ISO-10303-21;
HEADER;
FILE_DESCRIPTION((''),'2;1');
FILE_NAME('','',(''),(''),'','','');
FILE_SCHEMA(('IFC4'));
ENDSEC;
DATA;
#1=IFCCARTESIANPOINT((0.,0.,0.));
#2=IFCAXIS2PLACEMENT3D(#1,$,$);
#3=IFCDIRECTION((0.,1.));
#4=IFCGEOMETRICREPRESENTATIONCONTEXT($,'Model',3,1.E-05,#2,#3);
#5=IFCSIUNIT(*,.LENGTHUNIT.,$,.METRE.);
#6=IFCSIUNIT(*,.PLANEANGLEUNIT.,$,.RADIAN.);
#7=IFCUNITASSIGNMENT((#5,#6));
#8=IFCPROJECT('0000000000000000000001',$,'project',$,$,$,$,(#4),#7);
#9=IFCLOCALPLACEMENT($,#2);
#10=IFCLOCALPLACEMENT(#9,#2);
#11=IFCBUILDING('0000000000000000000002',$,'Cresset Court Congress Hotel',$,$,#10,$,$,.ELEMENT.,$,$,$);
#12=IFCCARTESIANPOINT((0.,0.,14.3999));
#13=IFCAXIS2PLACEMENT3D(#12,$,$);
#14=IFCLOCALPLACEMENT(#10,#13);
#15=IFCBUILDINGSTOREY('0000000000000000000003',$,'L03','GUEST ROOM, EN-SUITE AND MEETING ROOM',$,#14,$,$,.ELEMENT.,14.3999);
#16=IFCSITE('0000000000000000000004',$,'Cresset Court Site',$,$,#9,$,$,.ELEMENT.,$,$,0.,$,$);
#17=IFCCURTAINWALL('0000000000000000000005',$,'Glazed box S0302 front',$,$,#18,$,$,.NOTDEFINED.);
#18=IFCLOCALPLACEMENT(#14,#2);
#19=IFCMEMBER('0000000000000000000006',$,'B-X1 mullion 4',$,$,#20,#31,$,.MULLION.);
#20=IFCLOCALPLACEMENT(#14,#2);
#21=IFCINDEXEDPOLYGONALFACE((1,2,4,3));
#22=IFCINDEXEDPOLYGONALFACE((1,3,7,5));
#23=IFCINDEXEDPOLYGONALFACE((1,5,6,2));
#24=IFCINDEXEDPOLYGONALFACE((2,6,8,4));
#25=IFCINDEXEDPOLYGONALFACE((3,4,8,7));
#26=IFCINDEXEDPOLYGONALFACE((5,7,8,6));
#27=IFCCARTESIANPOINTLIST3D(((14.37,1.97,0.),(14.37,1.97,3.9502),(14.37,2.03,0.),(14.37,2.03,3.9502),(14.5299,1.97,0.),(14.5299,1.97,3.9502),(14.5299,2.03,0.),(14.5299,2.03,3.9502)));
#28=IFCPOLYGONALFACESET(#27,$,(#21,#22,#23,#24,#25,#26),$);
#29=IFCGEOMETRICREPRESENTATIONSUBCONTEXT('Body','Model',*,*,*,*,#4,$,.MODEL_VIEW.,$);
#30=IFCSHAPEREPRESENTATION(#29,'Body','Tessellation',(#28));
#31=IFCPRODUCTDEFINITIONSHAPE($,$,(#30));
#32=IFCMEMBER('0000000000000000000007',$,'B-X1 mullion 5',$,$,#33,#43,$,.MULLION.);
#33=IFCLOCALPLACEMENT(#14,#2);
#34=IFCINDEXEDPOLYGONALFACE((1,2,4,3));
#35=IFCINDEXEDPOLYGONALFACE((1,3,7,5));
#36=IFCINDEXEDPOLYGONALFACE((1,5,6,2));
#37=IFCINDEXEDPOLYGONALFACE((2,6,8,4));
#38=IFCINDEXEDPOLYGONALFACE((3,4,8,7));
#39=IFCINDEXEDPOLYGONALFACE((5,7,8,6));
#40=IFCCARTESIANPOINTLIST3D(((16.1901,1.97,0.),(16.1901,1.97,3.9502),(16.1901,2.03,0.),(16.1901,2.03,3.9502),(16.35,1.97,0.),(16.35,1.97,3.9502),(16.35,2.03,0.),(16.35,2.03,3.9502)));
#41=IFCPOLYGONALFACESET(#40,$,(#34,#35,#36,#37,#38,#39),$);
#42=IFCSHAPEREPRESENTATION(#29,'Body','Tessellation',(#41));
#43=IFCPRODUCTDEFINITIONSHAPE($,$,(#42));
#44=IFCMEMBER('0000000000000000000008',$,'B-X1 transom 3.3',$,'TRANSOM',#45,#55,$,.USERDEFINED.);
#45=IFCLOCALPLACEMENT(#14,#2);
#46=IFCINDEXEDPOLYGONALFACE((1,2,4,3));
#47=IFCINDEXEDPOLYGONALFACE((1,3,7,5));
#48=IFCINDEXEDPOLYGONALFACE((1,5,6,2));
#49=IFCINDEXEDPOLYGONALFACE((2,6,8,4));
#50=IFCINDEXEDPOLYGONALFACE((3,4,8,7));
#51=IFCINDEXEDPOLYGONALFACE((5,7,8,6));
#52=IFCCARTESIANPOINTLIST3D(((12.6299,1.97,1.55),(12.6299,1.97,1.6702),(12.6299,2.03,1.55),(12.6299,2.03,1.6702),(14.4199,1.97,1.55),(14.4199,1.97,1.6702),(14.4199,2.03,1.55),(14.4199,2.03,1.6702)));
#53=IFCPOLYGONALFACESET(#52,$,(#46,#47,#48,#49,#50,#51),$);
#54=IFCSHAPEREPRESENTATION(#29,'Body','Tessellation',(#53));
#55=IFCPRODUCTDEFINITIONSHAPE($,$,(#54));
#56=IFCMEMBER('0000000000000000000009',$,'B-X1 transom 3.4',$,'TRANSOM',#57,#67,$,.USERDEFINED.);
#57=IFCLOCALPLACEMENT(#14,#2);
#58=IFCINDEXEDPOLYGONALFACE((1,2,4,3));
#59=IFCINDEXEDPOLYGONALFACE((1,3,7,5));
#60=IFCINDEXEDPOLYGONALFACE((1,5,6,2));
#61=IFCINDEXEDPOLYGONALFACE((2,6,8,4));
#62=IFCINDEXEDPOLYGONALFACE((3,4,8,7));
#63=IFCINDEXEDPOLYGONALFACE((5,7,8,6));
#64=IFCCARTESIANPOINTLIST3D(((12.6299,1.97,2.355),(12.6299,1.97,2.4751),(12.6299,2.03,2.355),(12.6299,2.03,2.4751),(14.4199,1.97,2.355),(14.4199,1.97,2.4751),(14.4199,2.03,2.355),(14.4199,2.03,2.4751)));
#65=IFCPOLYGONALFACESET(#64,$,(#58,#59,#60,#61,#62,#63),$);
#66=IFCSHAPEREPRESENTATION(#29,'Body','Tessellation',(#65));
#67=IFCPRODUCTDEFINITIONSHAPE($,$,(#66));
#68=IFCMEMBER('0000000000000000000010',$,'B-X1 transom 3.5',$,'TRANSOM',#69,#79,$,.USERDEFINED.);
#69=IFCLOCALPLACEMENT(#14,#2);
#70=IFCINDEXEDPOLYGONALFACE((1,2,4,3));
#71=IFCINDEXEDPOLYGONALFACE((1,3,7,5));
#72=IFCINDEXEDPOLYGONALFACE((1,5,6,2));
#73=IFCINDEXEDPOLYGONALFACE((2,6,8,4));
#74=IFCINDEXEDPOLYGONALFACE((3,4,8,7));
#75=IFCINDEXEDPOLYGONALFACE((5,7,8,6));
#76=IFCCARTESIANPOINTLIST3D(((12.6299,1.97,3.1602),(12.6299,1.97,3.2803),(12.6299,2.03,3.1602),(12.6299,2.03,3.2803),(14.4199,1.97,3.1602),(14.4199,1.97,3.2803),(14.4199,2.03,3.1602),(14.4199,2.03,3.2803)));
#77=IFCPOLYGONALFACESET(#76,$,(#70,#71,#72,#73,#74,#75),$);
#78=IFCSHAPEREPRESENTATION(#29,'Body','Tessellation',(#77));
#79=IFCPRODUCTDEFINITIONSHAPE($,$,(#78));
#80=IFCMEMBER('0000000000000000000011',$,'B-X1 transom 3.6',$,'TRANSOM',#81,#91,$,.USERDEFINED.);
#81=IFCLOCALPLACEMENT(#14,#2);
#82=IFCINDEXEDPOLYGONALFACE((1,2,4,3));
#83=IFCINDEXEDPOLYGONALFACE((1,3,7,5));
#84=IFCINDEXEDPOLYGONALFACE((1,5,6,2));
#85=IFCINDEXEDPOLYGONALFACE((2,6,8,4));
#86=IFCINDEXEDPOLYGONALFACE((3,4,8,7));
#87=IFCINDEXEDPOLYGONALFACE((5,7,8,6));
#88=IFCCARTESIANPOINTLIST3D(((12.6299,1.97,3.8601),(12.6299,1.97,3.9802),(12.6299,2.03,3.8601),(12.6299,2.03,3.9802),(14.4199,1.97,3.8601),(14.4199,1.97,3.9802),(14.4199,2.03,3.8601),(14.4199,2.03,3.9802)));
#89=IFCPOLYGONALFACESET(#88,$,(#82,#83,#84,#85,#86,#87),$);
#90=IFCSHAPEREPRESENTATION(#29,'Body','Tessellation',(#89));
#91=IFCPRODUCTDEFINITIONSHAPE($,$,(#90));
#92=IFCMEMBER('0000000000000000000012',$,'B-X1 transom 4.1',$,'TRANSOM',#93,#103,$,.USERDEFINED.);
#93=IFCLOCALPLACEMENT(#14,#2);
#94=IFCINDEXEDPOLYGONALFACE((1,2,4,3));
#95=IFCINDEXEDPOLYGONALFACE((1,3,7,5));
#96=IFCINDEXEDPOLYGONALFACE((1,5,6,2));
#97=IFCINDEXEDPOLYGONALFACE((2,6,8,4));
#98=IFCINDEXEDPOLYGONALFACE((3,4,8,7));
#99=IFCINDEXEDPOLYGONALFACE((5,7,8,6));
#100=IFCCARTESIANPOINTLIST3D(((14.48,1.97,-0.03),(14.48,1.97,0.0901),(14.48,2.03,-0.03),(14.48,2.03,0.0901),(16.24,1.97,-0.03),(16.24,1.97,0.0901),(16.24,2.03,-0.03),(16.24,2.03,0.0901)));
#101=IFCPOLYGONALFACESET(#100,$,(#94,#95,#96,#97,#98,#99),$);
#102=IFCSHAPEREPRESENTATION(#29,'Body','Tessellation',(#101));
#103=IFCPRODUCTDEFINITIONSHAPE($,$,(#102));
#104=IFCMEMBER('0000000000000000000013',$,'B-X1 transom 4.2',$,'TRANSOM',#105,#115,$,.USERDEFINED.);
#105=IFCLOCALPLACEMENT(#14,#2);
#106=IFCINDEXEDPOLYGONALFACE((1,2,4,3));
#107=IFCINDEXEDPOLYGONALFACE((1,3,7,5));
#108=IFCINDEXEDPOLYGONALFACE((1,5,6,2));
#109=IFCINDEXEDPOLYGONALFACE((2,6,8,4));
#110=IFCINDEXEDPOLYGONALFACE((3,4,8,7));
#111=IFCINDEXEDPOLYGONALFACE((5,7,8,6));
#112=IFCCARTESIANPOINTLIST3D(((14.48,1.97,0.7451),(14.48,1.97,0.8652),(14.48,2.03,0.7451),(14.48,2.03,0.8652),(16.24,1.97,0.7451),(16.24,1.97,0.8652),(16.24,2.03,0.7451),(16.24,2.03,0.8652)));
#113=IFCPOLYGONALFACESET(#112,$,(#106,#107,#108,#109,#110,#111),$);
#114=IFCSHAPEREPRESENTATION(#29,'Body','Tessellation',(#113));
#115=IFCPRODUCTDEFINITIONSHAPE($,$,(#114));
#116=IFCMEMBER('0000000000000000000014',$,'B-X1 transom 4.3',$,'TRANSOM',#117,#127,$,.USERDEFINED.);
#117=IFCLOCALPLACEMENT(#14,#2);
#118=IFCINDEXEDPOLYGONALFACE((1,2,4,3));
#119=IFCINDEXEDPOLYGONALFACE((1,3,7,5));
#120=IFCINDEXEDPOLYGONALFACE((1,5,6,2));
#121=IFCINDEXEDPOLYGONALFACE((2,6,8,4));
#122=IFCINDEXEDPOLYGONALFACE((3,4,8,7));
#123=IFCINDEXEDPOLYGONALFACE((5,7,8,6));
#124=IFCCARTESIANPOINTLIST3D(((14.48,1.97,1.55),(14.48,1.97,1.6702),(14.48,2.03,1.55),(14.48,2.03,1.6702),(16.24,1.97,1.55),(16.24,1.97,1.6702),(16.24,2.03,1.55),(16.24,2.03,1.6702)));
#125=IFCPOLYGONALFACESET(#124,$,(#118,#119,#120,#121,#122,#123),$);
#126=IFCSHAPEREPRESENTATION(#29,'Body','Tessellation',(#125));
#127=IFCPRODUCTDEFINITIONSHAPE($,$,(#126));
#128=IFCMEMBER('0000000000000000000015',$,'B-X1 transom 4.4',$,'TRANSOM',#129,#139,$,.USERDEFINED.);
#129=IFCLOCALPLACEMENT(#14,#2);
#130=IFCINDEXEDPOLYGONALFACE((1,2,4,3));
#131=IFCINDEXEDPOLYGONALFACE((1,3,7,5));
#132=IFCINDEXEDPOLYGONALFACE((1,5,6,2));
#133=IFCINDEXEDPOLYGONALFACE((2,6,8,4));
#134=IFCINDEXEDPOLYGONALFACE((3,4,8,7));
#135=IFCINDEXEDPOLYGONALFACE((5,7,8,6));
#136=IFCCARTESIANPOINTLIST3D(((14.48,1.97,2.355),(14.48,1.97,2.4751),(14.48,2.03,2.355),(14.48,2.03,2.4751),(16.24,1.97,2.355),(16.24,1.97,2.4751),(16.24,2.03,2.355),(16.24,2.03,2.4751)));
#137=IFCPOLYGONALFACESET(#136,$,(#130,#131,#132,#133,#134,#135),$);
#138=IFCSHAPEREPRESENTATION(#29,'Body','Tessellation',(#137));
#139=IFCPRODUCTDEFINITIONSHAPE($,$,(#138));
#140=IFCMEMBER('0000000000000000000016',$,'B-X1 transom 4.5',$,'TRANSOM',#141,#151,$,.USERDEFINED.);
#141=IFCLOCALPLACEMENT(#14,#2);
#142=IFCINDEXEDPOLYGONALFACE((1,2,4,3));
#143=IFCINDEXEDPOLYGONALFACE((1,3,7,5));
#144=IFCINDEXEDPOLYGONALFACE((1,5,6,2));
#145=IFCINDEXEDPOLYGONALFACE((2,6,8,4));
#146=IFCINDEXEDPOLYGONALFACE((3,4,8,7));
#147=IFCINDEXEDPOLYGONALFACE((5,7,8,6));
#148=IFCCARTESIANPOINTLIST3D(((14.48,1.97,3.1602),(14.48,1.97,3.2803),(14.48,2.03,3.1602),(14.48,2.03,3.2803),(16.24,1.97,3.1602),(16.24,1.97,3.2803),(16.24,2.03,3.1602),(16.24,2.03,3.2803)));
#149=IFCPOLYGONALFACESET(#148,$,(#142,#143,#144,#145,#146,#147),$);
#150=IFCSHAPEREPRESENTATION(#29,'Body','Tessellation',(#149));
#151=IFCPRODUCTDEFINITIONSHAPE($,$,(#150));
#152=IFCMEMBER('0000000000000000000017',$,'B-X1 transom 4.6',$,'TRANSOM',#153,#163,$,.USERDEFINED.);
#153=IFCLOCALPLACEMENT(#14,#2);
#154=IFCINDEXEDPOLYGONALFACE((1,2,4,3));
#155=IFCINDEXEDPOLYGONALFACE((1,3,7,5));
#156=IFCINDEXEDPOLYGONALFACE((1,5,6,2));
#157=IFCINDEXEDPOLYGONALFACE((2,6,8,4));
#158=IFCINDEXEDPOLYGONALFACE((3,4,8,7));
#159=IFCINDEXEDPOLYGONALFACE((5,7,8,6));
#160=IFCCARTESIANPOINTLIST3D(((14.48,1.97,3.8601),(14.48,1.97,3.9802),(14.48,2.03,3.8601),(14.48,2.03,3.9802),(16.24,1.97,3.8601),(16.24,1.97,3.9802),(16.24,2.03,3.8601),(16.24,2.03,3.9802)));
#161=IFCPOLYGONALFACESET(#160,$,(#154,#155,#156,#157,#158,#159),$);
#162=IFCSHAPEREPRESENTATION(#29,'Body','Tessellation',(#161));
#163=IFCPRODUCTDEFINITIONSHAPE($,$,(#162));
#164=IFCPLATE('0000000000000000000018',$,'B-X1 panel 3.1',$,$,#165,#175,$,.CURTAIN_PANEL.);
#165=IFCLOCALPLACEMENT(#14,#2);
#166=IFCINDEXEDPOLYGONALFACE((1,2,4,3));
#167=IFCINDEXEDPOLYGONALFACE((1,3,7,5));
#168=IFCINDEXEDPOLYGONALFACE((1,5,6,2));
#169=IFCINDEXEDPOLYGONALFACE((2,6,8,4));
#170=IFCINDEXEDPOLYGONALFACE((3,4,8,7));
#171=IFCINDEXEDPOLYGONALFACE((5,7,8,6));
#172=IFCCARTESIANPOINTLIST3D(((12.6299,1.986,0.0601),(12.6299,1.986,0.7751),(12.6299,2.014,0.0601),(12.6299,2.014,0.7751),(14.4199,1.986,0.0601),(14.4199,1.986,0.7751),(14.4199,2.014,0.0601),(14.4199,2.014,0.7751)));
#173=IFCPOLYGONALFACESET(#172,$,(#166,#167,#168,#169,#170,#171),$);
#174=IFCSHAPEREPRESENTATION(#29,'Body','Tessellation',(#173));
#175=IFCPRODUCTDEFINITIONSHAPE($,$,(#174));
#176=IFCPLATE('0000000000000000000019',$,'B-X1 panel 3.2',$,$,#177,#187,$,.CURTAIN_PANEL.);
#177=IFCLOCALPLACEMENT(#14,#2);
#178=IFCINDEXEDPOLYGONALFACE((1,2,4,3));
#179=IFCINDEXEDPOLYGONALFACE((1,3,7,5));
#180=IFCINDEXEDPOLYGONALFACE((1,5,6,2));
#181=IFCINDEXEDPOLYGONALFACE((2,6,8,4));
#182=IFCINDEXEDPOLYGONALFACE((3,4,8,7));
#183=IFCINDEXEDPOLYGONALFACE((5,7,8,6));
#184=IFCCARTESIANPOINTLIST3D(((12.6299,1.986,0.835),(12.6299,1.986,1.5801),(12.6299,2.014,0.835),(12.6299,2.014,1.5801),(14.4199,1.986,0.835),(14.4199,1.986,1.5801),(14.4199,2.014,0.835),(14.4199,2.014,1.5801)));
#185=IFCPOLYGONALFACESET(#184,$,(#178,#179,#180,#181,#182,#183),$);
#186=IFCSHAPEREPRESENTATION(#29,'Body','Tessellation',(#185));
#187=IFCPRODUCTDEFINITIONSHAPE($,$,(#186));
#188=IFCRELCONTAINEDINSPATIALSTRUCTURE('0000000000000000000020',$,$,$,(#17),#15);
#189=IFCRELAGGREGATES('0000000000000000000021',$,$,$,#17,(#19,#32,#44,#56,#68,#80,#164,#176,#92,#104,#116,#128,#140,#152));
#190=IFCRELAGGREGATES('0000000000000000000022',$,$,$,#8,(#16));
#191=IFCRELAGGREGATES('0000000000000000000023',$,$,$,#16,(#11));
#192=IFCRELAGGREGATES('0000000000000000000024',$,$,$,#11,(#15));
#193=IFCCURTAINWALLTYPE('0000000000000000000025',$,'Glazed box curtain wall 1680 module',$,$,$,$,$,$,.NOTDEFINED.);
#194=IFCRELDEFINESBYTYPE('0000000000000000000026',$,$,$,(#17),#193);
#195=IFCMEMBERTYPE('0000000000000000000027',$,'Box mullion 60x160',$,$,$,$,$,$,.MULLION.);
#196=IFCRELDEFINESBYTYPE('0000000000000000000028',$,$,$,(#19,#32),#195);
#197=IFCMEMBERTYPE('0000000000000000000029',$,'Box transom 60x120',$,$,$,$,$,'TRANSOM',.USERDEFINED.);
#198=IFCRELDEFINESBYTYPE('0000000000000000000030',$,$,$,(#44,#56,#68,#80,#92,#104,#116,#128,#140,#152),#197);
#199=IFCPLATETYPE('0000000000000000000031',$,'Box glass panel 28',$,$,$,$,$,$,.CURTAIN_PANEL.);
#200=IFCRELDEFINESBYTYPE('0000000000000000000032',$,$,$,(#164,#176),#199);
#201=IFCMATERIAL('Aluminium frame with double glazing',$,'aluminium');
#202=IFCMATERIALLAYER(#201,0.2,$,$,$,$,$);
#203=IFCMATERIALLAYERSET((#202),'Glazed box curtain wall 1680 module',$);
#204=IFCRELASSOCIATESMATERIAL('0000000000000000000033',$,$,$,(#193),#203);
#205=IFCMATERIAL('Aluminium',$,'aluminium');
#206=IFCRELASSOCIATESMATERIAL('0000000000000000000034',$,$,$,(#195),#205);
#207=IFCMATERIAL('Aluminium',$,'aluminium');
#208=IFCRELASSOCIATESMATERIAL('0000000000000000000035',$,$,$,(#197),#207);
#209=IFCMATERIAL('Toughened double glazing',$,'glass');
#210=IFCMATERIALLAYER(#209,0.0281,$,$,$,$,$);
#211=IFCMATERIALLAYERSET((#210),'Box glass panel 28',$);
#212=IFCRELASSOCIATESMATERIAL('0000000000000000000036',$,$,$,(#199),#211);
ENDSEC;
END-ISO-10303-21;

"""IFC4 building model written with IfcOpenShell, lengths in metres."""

from ifc_helpers import new_model, si_unit, direction, frame, origin, origin_2d, place, context, subcontext, project, spatial, rectangle, extrude, material, layer, layer_set, material_profile, profile_set, type_object, element, aggregate, save


model = new_model("IFC4")

# Units and contexts
model_context = context("Model", 3, precision=1e-05, world=origin(), true_north=direction((0.0, 1.0)))
body_context = subcontext(model_context, "Body", "Model", "MODEL_VIEW")
ifc_project = project(units=[si_unit("LENGTHUNIT", "METRE"), si_unit("PLANEANGLEUNIT", "RADIAN")], contexts=[model_context])

# Site, building, storey
site_placement = place(None, origin())
site = spatial("IfcSite", under=ifc_project, at=site_placement, Name="Cresset Court Site", CompositionType="ELEMENT", RefElevation=0.0)
building_placement = place(site_placement, origin())
building = spatial("IfcBuilding", under=site, at=building_placement, Name="Cresset Court Congress Hotel", CompositionType="ELEMENT")
storey_placement = place(building_placement, frame((0.0, 0.0, 14.3999)))
storey = spatial("IfcBuildingStorey", under=building, at=storey_placement, Name="L03", Description="GUEST ROOM, EN-SUITE AND MEETING ROOM", CompositionType="ELEMENT", Elevation=14.3999)

# Curtain wall, members, plates
ifc_material_1 = material(Name="Aluminium frame with double glazing", Category="aluminium")
ifc_layer_1 = layer(ifc_material_1, 0.2)
ifc_layer_set_1 = layer_set([ifc_layer_1], Name="Glazed box curtain wall 1680 module")
curtain_wall_type = type_object("IfcCurtainWallType", Name="Glazed box curtain wall 1680 module", PredefinedType="NOTDEFINED", material=ifc_layer_set_1)
curtain_wall_placement = place(storey_placement, origin())
curtain_wall = element("IfcCurtainWall", 1, at=curtain_wall_placement, inside=storey, type_object=curtain_wall_type, Name="Glazed box S0302 front", PredefinedType="NOTDEFINED")
ifc_material_2 = material(Name="Aluminium", Category="aluminium")
ifc_material_profile_1 = material_profile(ifc_material_2, rectangle(XDim=0.0601, YDim=0.1599, at=origin_2d()), Name="Box mullion 60x160")
ifc_profile_set_1 = profile_set([ifc_material_profile_1], Name="Aluminium")
member_type_1 = type_object("IfcMemberType", Name="Box mullion 60x160", PredefinedType="MULLION", material=ifc_profile_set_1)
member_1_placement = place(storey_placement, frame((14.45, 2.0, 0.0), z_axis=(0.0, 0.0, 1.0), x_axis=(0.0, 1.0, 0.0)))
member_1 = element("IfcMember", 2, at=member_1_placement, type_object=member_type_1, Name="B-X1 mullion 4", PredefinedType="MULLION", context=body_context, shape_type="SweptSolid", body=[
    extrude(rectangle(XDim=0.0601, YDim=0.1599, at=origin_2d()), origin(), (0.0, 0.0, 1.0), 3.9502),
])
member_2_placement = place(storey_placement, frame((16.27, 2.0, 0.0), z_axis=(0.0, 0.0, 1.0), x_axis=(0.0, 1.0, 0.0)))
member_2 = element("IfcMember", 3, at=member_2_placement, type_object=member_type_1, Name="B-X1 mullion 5", PredefinedType="MULLION", context=body_context, shape_type="SweptSolid", body=[
    extrude(rectangle(XDim=0.0601, YDim=0.1599, at=origin_2d()), origin(), (0.0, 0.0, 1.0), 3.9502),
])
ifc_material_3 = material(Name="Aluminium", Category="aluminium")
ifc_material_profile_2 = material_profile(ifc_material_3, rectangle(XDim=0.0601, YDim=0.1201, at=origin_2d()), Name="Box transom 60x120")
ifc_profile_set_2 = profile_set([ifc_material_profile_2], Name="Aluminium")
member_type_2 = type_object("IfcMemberType", Name="Box transom 60x120", ElementType="TRANSOM", PredefinedType="USERDEFINED", material=ifc_profile_set_2)
member_3_placement = place(storey_placement, frame((12.6299, 2.0, 1.6101), z_axis=(1.0, 0.0, 0.0), x_axis=(0.0, 1.0, 0.0)))
member_3 = element("IfcMember", 4, at=member_3_placement, type_object=member_type_2, Name="B-X1 transom 3.3", ObjectType="TRANSOM", PredefinedType="USERDEFINED", context=body_context, shape_type="SweptSolid", body=[
    extrude(rectangle(XDim=0.0601, YDim=0.1201, at=origin_2d()), origin(), (0.0, 0.0, 1.0), 1.79),
])
member_4_placement = place(storey_placement, frame((12.6299, 2.0, 2.415), z_axis=(1.0, 0.0, 0.0), x_axis=(0.0, 1.0, 0.0)))
member_4 = element("IfcMember", 5, at=member_4_placement, type_object=member_type_2, Name="B-X1 transom 3.4", ObjectType="TRANSOM", PredefinedType="USERDEFINED", context=body_context, shape_type="SweptSolid", body=[
    extrude(rectangle(XDim=0.0601, YDim=0.1201, at=origin_2d()), origin(), (0.0, 0.0, 1.0), 1.79),
])
member_5_placement = place(storey_placement, frame((12.6299, 2.0, 3.2202), z_axis=(1.0, 0.0, 0.0), x_axis=(0.0, 1.0, 0.0)))
member_5 = element("IfcMember", 6, at=member_5_placement, type_object=member_type_2, Name="B-X1 transom 3.5", ObjectType="TRANSOM", PredefinedType="USERDEFINED", context=body_context, shape_type="SweptSolid", body=[
    extrude(rectangle(XDim=0.0601, YDim=0.1201, at=origin_2d()), origin(), (0.0, 0.0, 1.0), 1.79),
])
member_6_placement = place(storey_placement, frame((12.6299, 2.0, 3.9202), z_axis=(1.0, 0.0, 0.0), x_axis=(0.0, 1.0, 0.0)))
member_6 = element("IfcMember", 7, at=member_6_placement, type_object=member_type_2, Name="B-X1 transom 3.6", ObjectType="TRANSOM", PredefinedType="USERDEFINED", context=body_context, shape_type="SweptSolid", body=[
    extrude(rectangle(XDim=0.0601, YDim=0.1201, at=origin_2d()), origin(), (0.0, 0.0, 1.0), 1.79),
])
member_7_placement = place(storey_placement, frame((14.48, 2.0, 0.03), z_axis=(1.0, 0.0, 0.0), x_axis=(0.0, 1.0, 0.0)))
member_7 = element("IfcMember", 8, at=member_7_placement, type_object=member_type_2, Name="B-X1 transom 4.1", ObjectType="TRANSOM", PredefinedType="USERDEFINED", context=body_context, shape_type="SweptSolid", body=[
    extrude(rectangle(XDim=0.0601, YDim=0.1201, at=origin_2d()), origin(), (0.0, 0.0, 1.0), 1.76),
])
member_8_placement = place(storey_placement, frame((14.48, 2.0, 0.8052), z_axis=(1.0, 0.0, 0.0), x_axis=(0.0, 1.0, 0.0)))
member_8 = element("IfcMember", 9, at=member_8_placement, type_object=member_type_2, Name="B-X1 transom 4.2", ObjectType="TRANSOM", PredefinedType="USERDEFINED", context=body_context, shape_type="SweptSolid", body=[
    extrude(rectangle(XDim=0.0601, YDim=0.1201, at=origin_2d()), origin(), (0.0, 0.0, 1.0), 1.76),
])
member_9_placement = place(storey_placement, frame((14.48, 2.0, 1.6101), z_axis=(1.0, 0.0, 0.0), x_axis=(0.0, 1.0, 0.0)))
member_9 = element("IfcMember", 10, at=member_9_placement, type_object=member_type_2, Name="B-X1 transom 4.3", ObjectType="TRANSOM", PredefinedType="USERDEFINED", context=body_context, shape_type="SweptSolid", body=[
    extrude(rectangle(XDim=0.0601, YDim=0.1201, at=origin_2d()), origin(), (0.0, 0.0, 1.0), 1.76),
])
member_10_placement = place(storey_placement, frame((14.48, 2.0, 2.415), z_axis=(1.0, 0.0, 0.0), x_axis=(0.0, 1.0, 0.0)))
member_10 = element("IfcMember", 11, at=member_10_placement, type_object=member_type_2, Name="B-X1 transom 4.4", ObjectType="TRANSOM", PredefinedType="USERDEFINED", context=body_context, shape_type="SweptSolid", body=[
    extrude(rectangle(XDim=0.0601, YDim=0.1201, at=origin_2d()), origin(), (0.0, 0.0, 1.0), 1.76),
])
member_11_placement = place(storey_placement, frame((14.48, 2.0, 3.2202), z_axis=(1.0, 0.0, 0.0), x_axis=(0.0, 1.0, 0.0)))
member_11 = element("IfcMember", 12, at=member_11_placement, type_object=member_type_2, Name="B-X1 transom 4.5", ObjectType="TRANSOM", PredefinedType="USERDEFINED", context=body_context, shape_type="SweptSolid", body=[
    extrude(rectangle(XDim=0.0601, YDim=0.1201, at=origin_2d()), origin(), (0.0, 0.0, 1.0), 1.76),
])
member_12_placement = place(storey_placement, frame((14.48, 2.0, 3.9202), z_axis=(1.0, 0.0, 0.0), x_axis=(0.0, 1.0, 0.0)))
member_12 = element("IfcMember", 13, at=member_12_placement, type_object=member_type_2, Name="B-X1 transom 4.6", ObjectType="TRANSOM", PredefinedType="USERDEFINED", context=body_context, shape_type="SweptSolid", body=[
    extrude(rectangle(XDim=0.0601, YDim=0.1201, at=origin_2d()), origin(), (0.0, 0.0, 1.0), 1.76),
])
ifc_material_4 = material(Name="Toughened double glazing", Category="glass")
ifc_layer_2 = layer(ifc_material_4, 0.0281)
ifc_layer_set_2 = layer_set([ifc_layer_2], Name="Box glass panel 28")
plate_type_1 = type_object("IfcPlateType", Name="Box glass panel 28", PredefinedType="CURTAIN_PANEL", material=ifc_layer_set_2)
plate_1_placement = place(storey_placement, frame((13.5249, 2.0, 0.0601), z_axis=(0.0, 0.0, 1.0), x_axis=(1.0, 0.0, 0.0)))
plate_1 = element("IfcPlate", 14, at=plate_1_placement, type_object=plate_type_1, Name="B-X1 panel 3.1", PredefinedType="CURTAIN_PANEL", context=body_context, shape_type="SweptSolid", body=[
    extrude(rectangle(XDim=1.79, YDim=0.0281, at=origin_2d()), origin(), (0.0, 0.0, 1.0), 0.7151),
])
plate_2_placement = place(storey_placement, frame((13.5249, 2.0, 0.835), z_axis=(0.0, 0.0, 1.0), x_axis=(1.0, 0.0, 0.0)))
plate_2 = element("IfcPlate", 15, at=plate_2_placement, type_object=plate_type_1, Name="B-X1 panel 3.2", PredefinedType="CURTAIN_PANEL", context=body_context, shape_type="SweptSolid", body=[
    extrude(rectangle(XDim=1.79, YDim=0.0281, at=origin_2d()), origin(), (0.0, 0.0, 1.0), 0.7451),
])
aggregate(curtain_wall, [member_1, member_2, member_3, member_4, member_5, member_6, plate_1, plate_2, member_7, member_8, member_9, member_10, member_11, member_12])

save(model, "model.ifc")
